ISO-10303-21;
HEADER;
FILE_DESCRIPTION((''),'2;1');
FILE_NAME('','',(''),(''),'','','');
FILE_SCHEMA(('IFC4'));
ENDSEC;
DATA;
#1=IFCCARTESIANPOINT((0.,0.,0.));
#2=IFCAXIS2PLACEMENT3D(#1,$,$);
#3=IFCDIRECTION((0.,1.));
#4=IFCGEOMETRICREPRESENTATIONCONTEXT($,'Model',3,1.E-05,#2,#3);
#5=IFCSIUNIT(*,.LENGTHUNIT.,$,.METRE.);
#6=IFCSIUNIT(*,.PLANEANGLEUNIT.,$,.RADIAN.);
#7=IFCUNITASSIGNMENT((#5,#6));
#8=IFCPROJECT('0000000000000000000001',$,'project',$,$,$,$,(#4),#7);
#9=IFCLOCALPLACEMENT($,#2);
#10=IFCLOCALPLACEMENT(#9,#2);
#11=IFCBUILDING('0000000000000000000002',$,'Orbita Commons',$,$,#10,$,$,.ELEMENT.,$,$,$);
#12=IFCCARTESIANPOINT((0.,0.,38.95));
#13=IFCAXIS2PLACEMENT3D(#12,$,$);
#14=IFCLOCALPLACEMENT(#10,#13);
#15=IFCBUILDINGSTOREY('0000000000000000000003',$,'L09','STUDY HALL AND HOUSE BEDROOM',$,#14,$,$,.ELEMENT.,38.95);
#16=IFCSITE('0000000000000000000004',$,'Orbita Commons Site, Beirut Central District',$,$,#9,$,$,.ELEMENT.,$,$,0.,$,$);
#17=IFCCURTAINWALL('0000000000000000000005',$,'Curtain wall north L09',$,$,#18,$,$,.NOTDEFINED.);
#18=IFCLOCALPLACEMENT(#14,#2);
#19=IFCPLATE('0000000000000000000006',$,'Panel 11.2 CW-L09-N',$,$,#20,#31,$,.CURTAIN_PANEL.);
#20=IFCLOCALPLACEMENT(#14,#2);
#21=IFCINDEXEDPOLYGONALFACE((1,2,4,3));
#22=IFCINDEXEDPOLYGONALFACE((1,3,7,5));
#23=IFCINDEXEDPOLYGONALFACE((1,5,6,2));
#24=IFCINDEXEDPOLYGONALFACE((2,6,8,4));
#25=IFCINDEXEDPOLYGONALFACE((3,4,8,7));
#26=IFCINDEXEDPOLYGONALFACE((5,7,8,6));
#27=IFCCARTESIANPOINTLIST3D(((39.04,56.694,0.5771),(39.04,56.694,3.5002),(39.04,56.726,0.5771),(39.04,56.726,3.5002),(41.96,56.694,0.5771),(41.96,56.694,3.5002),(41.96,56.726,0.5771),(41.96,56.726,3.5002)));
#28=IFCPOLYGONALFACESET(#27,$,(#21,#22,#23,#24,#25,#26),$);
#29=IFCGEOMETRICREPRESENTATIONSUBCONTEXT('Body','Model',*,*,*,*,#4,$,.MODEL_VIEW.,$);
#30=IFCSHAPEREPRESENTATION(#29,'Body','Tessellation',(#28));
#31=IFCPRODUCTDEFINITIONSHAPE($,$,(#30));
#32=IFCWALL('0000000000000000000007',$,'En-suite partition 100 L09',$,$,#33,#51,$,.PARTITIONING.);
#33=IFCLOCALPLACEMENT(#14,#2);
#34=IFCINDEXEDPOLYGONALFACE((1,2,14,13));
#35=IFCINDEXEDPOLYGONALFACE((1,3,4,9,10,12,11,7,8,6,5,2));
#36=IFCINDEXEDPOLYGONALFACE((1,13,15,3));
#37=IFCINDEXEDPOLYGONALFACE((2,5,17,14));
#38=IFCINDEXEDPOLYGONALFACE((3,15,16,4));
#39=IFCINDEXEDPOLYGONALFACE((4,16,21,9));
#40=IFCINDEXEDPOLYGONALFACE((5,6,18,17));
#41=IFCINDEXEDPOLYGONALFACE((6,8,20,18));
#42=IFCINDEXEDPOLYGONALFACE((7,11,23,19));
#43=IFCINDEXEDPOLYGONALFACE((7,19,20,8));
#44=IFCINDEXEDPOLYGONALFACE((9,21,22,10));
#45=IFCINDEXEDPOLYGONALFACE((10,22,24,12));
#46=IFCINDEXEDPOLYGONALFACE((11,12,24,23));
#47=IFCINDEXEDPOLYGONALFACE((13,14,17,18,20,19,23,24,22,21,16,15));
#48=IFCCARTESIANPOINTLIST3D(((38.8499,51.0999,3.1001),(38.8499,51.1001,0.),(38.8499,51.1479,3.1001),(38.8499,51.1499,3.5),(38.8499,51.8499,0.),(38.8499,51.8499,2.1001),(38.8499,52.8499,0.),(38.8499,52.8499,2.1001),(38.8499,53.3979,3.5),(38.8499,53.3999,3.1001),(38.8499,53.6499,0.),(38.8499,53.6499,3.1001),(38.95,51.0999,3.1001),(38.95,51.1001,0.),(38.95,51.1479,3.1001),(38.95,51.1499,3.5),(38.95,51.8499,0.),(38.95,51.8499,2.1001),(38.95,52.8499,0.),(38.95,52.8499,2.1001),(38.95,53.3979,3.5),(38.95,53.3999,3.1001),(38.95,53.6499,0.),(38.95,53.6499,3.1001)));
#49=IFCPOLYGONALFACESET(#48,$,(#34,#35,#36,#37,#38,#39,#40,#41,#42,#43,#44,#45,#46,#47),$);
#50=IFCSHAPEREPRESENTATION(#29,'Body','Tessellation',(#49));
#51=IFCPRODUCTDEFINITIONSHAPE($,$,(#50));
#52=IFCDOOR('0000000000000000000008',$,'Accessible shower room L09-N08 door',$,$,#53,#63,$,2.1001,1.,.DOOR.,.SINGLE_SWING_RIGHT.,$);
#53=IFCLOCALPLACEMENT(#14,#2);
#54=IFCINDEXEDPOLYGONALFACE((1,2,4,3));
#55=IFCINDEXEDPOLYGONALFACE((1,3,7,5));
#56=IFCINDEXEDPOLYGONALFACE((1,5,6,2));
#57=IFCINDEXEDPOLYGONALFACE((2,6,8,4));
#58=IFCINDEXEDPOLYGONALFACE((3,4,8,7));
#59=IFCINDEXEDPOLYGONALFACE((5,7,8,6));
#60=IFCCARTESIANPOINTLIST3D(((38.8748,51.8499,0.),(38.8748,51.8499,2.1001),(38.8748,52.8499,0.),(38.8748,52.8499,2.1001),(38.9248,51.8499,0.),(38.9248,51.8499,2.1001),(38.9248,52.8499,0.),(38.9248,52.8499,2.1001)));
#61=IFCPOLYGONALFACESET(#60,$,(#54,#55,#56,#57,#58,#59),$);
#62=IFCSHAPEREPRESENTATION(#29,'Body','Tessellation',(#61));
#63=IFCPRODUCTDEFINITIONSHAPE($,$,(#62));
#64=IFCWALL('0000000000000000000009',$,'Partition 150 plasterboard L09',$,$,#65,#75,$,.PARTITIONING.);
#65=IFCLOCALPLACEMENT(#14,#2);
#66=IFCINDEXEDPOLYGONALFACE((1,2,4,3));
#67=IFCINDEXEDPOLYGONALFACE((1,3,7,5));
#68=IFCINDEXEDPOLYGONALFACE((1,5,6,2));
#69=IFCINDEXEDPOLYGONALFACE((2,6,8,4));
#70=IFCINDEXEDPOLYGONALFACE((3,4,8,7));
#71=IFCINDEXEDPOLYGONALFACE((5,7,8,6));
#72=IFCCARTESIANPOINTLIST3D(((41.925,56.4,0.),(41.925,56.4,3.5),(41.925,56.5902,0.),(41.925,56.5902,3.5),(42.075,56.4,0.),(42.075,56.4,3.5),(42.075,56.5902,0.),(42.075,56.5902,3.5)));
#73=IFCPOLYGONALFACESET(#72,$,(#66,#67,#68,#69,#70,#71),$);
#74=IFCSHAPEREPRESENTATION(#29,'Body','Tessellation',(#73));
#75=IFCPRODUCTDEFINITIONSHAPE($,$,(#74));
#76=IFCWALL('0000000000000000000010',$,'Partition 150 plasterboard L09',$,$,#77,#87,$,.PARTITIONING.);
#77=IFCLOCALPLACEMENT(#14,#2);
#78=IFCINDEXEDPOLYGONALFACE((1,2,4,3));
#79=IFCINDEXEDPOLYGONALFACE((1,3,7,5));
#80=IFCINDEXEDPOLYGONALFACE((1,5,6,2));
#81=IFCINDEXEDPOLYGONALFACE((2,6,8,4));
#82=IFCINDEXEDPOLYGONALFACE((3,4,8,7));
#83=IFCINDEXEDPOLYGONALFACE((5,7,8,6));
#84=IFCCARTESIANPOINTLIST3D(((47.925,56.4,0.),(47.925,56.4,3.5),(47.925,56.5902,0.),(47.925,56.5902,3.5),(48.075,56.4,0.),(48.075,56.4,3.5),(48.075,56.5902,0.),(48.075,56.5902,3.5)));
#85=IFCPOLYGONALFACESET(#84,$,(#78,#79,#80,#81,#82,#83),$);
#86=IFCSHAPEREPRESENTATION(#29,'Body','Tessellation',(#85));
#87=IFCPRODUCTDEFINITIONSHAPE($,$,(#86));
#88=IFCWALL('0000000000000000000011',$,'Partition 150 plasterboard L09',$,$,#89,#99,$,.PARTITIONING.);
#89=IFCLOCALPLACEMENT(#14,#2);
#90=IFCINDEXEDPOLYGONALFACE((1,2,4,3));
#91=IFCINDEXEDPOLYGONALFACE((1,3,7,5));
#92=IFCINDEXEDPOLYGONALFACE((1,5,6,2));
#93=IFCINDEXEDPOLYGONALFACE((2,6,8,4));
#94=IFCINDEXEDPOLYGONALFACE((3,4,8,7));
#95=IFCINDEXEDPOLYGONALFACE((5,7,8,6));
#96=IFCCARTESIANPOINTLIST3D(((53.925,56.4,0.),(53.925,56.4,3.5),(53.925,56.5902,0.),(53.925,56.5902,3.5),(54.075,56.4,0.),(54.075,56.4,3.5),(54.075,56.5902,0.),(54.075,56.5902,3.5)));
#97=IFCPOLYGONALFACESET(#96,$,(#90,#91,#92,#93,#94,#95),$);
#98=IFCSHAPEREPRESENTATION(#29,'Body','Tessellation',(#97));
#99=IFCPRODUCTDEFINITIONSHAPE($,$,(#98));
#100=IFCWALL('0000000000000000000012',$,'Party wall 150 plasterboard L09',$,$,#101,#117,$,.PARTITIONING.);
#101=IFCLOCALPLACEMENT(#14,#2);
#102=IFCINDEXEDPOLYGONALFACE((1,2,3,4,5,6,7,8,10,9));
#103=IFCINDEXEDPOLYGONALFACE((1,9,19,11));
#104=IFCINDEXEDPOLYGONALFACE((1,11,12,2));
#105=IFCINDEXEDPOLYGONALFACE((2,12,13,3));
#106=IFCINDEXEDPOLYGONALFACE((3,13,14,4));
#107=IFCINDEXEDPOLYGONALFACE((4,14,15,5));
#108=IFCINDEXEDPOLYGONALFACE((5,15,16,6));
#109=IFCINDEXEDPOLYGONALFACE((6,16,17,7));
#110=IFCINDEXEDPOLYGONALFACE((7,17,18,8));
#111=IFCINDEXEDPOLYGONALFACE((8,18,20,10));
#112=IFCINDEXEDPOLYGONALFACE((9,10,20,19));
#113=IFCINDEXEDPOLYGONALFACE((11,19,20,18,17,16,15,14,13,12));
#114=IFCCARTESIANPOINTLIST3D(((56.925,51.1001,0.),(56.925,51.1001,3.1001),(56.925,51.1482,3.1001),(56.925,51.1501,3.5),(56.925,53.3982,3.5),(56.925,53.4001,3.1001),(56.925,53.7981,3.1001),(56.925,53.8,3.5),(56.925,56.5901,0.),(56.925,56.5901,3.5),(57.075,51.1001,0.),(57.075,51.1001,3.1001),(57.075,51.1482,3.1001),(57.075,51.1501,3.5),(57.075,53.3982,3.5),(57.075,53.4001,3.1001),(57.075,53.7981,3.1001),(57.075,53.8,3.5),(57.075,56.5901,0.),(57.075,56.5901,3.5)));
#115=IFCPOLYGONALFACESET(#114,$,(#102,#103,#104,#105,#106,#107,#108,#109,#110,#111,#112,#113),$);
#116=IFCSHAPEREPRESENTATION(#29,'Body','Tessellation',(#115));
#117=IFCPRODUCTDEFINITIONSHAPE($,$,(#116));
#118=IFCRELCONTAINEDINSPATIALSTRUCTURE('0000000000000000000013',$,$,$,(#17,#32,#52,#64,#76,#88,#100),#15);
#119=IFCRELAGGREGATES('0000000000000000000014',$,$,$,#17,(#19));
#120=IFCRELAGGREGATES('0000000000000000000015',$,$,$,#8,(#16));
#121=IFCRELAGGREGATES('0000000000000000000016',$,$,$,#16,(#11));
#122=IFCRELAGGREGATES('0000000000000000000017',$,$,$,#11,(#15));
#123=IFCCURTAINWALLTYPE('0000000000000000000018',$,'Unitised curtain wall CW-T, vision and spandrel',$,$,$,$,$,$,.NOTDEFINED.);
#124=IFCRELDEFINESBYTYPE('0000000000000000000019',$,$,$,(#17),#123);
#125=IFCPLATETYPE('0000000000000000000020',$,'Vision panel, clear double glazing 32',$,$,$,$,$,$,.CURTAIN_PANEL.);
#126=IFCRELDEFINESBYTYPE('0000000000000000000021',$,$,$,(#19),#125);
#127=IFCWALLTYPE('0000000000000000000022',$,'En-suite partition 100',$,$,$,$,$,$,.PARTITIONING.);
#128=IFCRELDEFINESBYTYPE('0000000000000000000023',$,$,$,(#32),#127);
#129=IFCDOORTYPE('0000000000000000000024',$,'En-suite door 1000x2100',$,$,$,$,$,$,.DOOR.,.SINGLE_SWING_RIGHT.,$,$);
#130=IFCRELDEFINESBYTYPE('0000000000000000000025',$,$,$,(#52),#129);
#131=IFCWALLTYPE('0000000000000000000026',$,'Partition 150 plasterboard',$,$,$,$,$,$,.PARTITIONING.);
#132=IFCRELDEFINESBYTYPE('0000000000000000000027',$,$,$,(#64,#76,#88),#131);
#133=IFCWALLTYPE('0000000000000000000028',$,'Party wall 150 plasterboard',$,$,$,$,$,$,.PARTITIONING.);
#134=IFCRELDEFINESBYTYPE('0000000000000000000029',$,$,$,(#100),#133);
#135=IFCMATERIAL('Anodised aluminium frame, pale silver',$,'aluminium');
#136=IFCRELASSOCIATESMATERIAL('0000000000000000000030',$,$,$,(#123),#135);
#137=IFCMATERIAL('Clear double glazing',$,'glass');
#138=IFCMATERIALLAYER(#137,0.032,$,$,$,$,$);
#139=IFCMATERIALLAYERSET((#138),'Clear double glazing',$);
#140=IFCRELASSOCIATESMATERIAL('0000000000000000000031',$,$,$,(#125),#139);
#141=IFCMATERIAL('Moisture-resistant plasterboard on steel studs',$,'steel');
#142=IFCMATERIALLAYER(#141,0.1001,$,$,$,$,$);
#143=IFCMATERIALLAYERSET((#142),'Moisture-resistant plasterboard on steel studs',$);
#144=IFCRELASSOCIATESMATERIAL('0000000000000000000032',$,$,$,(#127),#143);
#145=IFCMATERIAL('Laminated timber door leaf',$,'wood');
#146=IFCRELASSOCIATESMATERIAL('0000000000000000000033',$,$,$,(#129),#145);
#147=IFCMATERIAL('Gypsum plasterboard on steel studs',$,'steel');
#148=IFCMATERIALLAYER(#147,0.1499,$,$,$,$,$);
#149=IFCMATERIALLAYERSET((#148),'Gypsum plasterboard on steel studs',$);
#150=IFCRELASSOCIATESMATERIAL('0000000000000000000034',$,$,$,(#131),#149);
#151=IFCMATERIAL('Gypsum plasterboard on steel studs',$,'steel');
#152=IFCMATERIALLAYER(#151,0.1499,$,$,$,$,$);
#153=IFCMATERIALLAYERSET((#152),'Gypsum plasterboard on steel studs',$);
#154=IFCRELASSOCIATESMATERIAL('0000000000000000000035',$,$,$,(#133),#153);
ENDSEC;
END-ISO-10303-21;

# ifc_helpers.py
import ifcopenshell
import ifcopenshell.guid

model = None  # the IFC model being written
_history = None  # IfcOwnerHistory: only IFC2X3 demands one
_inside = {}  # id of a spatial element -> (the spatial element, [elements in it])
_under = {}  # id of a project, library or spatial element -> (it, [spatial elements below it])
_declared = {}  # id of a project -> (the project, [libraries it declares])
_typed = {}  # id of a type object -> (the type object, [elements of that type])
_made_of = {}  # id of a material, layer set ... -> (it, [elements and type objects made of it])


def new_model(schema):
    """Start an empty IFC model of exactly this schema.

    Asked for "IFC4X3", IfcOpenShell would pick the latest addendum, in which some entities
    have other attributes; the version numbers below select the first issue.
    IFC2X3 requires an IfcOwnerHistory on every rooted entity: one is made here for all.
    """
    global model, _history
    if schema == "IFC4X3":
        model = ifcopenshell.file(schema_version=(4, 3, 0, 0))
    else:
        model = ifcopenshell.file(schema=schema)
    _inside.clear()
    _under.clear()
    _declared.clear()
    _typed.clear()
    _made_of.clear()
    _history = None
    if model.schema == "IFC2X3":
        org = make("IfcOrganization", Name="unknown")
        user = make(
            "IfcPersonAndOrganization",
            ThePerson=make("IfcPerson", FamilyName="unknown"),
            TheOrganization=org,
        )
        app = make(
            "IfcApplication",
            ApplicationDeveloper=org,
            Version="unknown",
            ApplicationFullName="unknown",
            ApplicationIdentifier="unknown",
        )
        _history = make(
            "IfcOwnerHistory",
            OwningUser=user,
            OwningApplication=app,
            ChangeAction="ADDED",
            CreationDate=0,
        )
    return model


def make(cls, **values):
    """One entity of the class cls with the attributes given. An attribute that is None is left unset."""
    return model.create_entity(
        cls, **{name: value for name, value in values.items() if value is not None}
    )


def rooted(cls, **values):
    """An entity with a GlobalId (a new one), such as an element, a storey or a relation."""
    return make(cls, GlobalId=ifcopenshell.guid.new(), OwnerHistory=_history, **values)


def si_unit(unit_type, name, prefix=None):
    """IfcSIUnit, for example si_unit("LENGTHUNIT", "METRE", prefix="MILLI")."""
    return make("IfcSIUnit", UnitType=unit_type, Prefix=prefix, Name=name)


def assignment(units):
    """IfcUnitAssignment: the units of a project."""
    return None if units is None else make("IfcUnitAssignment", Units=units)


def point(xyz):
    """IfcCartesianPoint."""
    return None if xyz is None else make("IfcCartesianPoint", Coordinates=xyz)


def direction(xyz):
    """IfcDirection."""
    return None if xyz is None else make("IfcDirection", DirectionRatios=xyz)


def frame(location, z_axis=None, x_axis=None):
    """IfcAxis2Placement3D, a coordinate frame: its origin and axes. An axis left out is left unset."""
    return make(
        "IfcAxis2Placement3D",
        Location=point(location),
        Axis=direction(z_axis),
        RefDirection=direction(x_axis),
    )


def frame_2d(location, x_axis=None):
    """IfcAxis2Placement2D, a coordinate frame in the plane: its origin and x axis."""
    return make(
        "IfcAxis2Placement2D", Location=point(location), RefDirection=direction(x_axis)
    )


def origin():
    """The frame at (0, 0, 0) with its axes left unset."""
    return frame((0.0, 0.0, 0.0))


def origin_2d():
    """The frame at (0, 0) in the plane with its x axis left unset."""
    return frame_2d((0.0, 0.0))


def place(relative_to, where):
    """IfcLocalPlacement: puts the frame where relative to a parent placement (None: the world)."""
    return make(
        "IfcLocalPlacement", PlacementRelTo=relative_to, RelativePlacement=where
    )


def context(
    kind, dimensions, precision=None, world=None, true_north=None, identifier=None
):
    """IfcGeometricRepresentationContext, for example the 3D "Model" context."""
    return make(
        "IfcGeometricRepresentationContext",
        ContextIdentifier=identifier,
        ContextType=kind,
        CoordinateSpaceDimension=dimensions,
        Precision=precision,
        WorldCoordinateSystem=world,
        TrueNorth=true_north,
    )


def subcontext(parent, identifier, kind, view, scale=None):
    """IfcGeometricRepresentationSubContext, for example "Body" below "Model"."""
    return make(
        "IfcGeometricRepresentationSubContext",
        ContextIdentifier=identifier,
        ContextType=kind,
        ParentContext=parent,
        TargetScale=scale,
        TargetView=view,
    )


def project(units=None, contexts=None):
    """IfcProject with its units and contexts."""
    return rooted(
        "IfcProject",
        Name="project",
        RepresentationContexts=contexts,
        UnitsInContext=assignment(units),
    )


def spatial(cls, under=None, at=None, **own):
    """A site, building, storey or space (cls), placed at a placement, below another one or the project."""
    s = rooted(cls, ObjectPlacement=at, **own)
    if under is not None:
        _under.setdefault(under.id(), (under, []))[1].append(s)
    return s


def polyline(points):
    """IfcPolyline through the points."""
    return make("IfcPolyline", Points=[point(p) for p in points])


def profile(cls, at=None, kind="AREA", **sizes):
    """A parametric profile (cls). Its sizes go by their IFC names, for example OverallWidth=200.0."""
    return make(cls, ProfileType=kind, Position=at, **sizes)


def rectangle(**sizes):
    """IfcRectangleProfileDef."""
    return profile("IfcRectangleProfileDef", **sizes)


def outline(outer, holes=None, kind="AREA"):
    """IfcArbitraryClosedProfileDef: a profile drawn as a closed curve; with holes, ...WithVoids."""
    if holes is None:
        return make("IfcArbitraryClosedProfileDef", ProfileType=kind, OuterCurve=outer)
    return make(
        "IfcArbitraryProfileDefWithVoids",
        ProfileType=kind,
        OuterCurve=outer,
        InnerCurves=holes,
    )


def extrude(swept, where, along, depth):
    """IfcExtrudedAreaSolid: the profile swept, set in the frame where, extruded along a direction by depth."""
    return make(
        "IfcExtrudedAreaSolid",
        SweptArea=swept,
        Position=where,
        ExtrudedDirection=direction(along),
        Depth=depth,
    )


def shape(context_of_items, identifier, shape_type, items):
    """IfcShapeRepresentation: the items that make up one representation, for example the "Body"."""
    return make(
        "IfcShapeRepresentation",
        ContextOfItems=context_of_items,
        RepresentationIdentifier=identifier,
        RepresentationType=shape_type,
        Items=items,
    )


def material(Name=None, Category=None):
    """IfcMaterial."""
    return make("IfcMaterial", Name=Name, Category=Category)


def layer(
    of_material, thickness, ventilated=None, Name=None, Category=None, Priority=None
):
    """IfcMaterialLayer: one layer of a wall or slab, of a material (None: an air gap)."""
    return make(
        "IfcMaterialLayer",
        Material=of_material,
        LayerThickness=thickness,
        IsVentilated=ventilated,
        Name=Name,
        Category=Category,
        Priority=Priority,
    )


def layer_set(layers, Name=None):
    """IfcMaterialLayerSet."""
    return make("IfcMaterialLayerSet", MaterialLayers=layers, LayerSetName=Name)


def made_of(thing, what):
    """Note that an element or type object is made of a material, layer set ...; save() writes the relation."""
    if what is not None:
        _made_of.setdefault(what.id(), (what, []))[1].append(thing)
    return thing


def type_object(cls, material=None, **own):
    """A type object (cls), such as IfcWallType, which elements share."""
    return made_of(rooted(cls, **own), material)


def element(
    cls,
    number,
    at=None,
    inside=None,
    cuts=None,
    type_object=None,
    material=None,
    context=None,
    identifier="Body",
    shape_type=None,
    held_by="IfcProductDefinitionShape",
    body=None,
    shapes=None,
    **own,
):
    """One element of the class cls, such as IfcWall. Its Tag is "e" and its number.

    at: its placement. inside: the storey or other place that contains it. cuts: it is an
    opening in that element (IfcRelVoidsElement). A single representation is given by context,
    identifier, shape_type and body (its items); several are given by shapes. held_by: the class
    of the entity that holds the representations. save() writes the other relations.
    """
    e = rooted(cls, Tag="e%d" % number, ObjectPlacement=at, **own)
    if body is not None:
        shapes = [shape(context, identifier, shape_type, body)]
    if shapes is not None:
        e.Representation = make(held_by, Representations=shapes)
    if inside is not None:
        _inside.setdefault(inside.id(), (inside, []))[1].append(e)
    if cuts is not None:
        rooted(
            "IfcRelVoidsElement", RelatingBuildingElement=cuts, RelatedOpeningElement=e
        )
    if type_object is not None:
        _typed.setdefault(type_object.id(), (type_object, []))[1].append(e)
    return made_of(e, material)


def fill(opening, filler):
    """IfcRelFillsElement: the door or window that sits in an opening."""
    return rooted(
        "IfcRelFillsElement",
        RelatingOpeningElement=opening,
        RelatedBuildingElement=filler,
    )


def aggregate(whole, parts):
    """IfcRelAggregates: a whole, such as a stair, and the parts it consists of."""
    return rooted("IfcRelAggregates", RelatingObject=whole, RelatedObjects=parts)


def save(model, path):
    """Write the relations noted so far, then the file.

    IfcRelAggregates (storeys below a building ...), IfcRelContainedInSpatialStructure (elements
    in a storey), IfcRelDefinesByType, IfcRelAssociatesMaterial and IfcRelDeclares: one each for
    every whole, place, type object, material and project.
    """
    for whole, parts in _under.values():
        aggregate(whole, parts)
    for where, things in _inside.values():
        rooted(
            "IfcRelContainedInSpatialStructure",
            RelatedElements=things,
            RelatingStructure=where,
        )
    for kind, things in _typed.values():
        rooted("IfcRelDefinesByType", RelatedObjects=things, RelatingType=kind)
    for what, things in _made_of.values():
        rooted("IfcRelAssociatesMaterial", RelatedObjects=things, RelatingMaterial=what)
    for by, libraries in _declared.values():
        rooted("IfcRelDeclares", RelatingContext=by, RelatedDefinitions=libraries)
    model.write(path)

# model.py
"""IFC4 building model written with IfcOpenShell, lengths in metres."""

from ifc_helpers import new_model, si_unit, direction, frame, frame_2d, origin, origin_2d, place, context, subcontext, project, spatial, polyline, rectangle, outline, extrude, material, layer, layer_set, type_object, element, fill, aggregate, save


model = new_model("IFC4")

# Units and contexts
model_context = context("Model", 3, precision=1e-05, world=origin(), true_north=direction((0.0, 1.0)))
body_context = subcontext(model_context, "Body", "Model", "MODEL_VIEW")
ifc_project = project(units=[si_unit("LENGTHUNIT", "METRE"), si_unit("PLANEANGLEUNIT", "RADIAN")], contexts=[model_context])

# Site, building, storey
site_placement = place(None, origin())
site = spatial("IfcSite", under=ifc_project, at=site_placement, Name="Orbita Commons Site, Beirut Central District", CompositionType="ELEMENT", RefElevation=0.0)
building_placement = place(site_placement, origin())
building = spatial("IfcBuilding", under=site, at=building_placement, Name="Orbita Commons", CompositionType="ELEMENT")
storey_placement = place(building_placement, frame((0.0, 0.0, 38.95)))
storey = spatial("IfcBuildingStorey", under=building, at=storey_placement, Name="L09", Description="STUDY HALL AND HOUSE BEDROOM", CompositionType="ELEMENT", Elevation=38.95)

# Curtain wall
ifc_material_1 = material(Name="Anodised aluminium frame, pale silver", Category="aluminium")
curtain_wall_type = type_object("IfcCurtainWallType", Name="Unitised curtain wall CW-T, vision and spandrel", PredefinedType="NOTDEFINED", material=ifc_material_1)
curtain_wall_placement = place(storey_placement, origin())
curtain_wall = element("IfcCurtainWall", 1, at=curtain_wall_placement, inside=storey, type_object=curtain_wall_type, Name="Curtain wall north L09", PredefinedType="NOTDEFINED")

# Plate
ifc_material_2 = material(Name="Clear double glazing", Category="glass")
ifc_layer_1 = layer(ifc_material_2, 0.032)
ifc_layer_set_1 = layer_set([ifc_layer_1], Name="Clear double glazing")
plate_type_1 = type_object("IfcPlateType", Name="Vision panel, clear double glazing 32", PredefinedType="CURTAIN_PANEL", material=ifc_layer_set_1)
plate_1_placement = place(storey_placement, frame((40.5, 56.71, 0.5771), z_axis=(0.0, 0.0, 1.0), x_axis=(-1.0, 0.0, 0.0)))
plate_1 = element("IfcPlate", 2, at=plate_1_placement, type_object=plate_type_1, Name="Panel 11.2 CW-L09-N", PredefinedType="CURTAIN_PANEL", context=body_context, shape_type="SweptSolid", body=[
    extrude(rectangle(XDim=2.9199, YDim=0.032, at=origin_2d()), origin(), (0.0, 0.0, 1.0), 2.9231),
])
aggregate(curtain_wall, [plate_1])

# Wall, opening, door
ifc_material_3 = material(Name="Moisture-resistant plasterboard on steel studs", Category="steel")
ifc_layer_2 = layer(ifc_material_3, 0.1001)
ifc_layer_set_2 = layer_set([ifc_layer_2], Name="Moisture-resistant plasterboard on steel studs")
wall_type_1 = type_object("IfcWallType", Name="En-suite partition 100", PredefinedType="PARTITIONING", material=ifc_layer_set_2)
wall_1_placement = place(storey_placement, frame((38.8999, 53.6499, 0.0), z_axis=(0.0, 0.0, 1.0), x_axis=(0.0, -1.0, 0.0)))
wall_1 = element("IfcWall", 3, at=wall_1_placement, inside=storey, type_object=wall_type_1, Name="En-suite partition 100 L09", PredefinedType="PARTITIONING", context=body_context, shape_type="SweptSolid", body=[
    extrude(outline(polyline([(0.0, 0.0), (2.5498, 0.0), (2.55, 3.1001), (2.502, 3.1001), (2.5, 3.5), (0.252, 3.5), (0.25, 3.1001), (0.0, 3.1001), (0.0, 0.0)])), frame((0.0, 0.05, 0.0), z_axis=(0.0, -1.0, 0.0), x_axis=(1.0, 0.0, 0.0)), (0.0, 0.0, 1.0), 0.1001),
])
opening_placement = place(wall_1_placement, frame((0.8, 0.0, 0.0)))
opening = element("IfcOpeningElement", 4, at=opening_placement, cuts=wall_1, PredefinedType="OPENING", context=body_context, shape_type="SweptSolid", body=[
    extrude(rectangle(XDim=1.0, YDim=2.1001, at=frame_2d((0.5, 1.05))), frame((0.0, 0.0601, 0.0), z_axis=(0.0, -1.0, 0.0), x_axis=(1.0, 0.0, 0.0)), (0.0, 0.0, 1.0), 0.1201),
])
ifc_material_4 = material(Name="Laminated timber door leaf", Category="wood")
door_type = type_object("IfcDoorType", Name="En-suite door 1000x2100", OperationType="SINGLE_SWING_RIGHT", PredefinedType="DOOR", material=ifc_material_4)
door_placement = place(opening_placement, origin())
door = element("IfcDoor", 5, at=door_placement, inside=storey, type_object=door_type, Name="Accessible shower room L09-N08 door", OperationType="SINGLE_SWING_RIGHT", OverallHeight=2.1001, OverallWidth=1.0, PredefinedType="DOOR", context=body_context, shape_type="SweptSolid", body=[
    extrude(rectangle(XDim=1.0, YDim=2.1001, at=frame_2d((0.5, 1.05))), frame((0.0, 0.0249, 0.0), z_axis=(0.0, -1.0, 0.0), x_axis=(1.0, 0.0, 0.0)), (0.0, 0.0, 1.0), 0.05),
])
fill(opening, door)

# Walls
ifc_material_5 = material(Name="Gypsum plasterboard on steel studs", Category="steel")
ifc_layer_3 = layer(ifc_material_5, 0.1499)
ifc_layer_set_3 = layer_set([ifc_layer_3], Name="Gypsum plasterboard on steel studs")
wall_type_2 = type_object("IfcWallType", Name="Partition 150 plasterboard", PredefinedType="PARTITIONING", material=ifc_layer_set_3)
for number, where, z_axis, x_axis, name in (
    (6, (42.0, 56.3999, 0.0), (0.0, 0.0, 1.0), (0.0, 1.0, 0.0), "Partition 150 plasterboard L09"),
    (7, (48.0, 56.3999, 0.0), (0.0, 0.0, 1.0), (0.0, 1.0, 0.0), "Partition 150 plasterboard L09"),
    (8, (54.0, 56.3999, 0.0), (0.0, 0.0, 1.0), (0.0, 1.0, 0.0), "Partition 150 plasterboard L09"),
):
    element("IfcWall", number, at=place(storey_placement, frame(where, z_axis=z_axis, x_axis=x_axis)), inside=storey, type_object=wall_type_2, Name=name, PredefinedType="PARTITIONING", context=body_context, shape_type="SweptSolid", body=[
        extrude(rectangle(XDim=0.1902, YDim=0.1499, at=frame_2d((0.0952, 0.0))), origin(), (0.0, 0.0, 1.0), 3.5),
    ])
ifc_material_6 = material(Name="Gypsum plasterboard on steel studs", Category="steel")
ifc_layer_4 = layer(ifc_material_6, 0.1499)
ifc_layer_set_4 = layer_set([ifc_layer_4], Name="Gypsum plasterboard on steel studs")
wall_type_3 = type_object("IfcWallType", Name="Party wall 150 plasterboard", PredefinedType="PARTITIONING", material=ifc_layer_set_4)
wall_2_placement = place(storey_placement, frame((57.0, 56.5901, 0.0), z_axis=(0.0, 0.0, 1.0), x_axis=(0.0, -1.0, 0.0)))
element("IfcWall", 9, at=wall_2_placement, inside=storey, type_object=wall_type_3, Name="Party wall 150 plasterboard L09", PredefinedType="PARTITIONING", context=body_context, shape_type="SweptSolid", body=[
    extrude(outline(polyline([(0.0, 0.0), (5.49, 0.0), (5.49, 3.1001), (5.4419, 3.1001), (5.4399, 3.5), (3.1919, 3.5), (3.1899, 3.1001), (2.792, 3.1001), (2.79, 3.5), (0.0, 3.5), (0.0, 0.0)])), frame((0.0, 0.075, 0.0), z_axis=(0.0, -1.0, 0.0), x_axis=(1.0, 0.0, 0.0)), (0.0, 0.0, 1.0), 0.1499),
])

save(model, "model.ifc")
